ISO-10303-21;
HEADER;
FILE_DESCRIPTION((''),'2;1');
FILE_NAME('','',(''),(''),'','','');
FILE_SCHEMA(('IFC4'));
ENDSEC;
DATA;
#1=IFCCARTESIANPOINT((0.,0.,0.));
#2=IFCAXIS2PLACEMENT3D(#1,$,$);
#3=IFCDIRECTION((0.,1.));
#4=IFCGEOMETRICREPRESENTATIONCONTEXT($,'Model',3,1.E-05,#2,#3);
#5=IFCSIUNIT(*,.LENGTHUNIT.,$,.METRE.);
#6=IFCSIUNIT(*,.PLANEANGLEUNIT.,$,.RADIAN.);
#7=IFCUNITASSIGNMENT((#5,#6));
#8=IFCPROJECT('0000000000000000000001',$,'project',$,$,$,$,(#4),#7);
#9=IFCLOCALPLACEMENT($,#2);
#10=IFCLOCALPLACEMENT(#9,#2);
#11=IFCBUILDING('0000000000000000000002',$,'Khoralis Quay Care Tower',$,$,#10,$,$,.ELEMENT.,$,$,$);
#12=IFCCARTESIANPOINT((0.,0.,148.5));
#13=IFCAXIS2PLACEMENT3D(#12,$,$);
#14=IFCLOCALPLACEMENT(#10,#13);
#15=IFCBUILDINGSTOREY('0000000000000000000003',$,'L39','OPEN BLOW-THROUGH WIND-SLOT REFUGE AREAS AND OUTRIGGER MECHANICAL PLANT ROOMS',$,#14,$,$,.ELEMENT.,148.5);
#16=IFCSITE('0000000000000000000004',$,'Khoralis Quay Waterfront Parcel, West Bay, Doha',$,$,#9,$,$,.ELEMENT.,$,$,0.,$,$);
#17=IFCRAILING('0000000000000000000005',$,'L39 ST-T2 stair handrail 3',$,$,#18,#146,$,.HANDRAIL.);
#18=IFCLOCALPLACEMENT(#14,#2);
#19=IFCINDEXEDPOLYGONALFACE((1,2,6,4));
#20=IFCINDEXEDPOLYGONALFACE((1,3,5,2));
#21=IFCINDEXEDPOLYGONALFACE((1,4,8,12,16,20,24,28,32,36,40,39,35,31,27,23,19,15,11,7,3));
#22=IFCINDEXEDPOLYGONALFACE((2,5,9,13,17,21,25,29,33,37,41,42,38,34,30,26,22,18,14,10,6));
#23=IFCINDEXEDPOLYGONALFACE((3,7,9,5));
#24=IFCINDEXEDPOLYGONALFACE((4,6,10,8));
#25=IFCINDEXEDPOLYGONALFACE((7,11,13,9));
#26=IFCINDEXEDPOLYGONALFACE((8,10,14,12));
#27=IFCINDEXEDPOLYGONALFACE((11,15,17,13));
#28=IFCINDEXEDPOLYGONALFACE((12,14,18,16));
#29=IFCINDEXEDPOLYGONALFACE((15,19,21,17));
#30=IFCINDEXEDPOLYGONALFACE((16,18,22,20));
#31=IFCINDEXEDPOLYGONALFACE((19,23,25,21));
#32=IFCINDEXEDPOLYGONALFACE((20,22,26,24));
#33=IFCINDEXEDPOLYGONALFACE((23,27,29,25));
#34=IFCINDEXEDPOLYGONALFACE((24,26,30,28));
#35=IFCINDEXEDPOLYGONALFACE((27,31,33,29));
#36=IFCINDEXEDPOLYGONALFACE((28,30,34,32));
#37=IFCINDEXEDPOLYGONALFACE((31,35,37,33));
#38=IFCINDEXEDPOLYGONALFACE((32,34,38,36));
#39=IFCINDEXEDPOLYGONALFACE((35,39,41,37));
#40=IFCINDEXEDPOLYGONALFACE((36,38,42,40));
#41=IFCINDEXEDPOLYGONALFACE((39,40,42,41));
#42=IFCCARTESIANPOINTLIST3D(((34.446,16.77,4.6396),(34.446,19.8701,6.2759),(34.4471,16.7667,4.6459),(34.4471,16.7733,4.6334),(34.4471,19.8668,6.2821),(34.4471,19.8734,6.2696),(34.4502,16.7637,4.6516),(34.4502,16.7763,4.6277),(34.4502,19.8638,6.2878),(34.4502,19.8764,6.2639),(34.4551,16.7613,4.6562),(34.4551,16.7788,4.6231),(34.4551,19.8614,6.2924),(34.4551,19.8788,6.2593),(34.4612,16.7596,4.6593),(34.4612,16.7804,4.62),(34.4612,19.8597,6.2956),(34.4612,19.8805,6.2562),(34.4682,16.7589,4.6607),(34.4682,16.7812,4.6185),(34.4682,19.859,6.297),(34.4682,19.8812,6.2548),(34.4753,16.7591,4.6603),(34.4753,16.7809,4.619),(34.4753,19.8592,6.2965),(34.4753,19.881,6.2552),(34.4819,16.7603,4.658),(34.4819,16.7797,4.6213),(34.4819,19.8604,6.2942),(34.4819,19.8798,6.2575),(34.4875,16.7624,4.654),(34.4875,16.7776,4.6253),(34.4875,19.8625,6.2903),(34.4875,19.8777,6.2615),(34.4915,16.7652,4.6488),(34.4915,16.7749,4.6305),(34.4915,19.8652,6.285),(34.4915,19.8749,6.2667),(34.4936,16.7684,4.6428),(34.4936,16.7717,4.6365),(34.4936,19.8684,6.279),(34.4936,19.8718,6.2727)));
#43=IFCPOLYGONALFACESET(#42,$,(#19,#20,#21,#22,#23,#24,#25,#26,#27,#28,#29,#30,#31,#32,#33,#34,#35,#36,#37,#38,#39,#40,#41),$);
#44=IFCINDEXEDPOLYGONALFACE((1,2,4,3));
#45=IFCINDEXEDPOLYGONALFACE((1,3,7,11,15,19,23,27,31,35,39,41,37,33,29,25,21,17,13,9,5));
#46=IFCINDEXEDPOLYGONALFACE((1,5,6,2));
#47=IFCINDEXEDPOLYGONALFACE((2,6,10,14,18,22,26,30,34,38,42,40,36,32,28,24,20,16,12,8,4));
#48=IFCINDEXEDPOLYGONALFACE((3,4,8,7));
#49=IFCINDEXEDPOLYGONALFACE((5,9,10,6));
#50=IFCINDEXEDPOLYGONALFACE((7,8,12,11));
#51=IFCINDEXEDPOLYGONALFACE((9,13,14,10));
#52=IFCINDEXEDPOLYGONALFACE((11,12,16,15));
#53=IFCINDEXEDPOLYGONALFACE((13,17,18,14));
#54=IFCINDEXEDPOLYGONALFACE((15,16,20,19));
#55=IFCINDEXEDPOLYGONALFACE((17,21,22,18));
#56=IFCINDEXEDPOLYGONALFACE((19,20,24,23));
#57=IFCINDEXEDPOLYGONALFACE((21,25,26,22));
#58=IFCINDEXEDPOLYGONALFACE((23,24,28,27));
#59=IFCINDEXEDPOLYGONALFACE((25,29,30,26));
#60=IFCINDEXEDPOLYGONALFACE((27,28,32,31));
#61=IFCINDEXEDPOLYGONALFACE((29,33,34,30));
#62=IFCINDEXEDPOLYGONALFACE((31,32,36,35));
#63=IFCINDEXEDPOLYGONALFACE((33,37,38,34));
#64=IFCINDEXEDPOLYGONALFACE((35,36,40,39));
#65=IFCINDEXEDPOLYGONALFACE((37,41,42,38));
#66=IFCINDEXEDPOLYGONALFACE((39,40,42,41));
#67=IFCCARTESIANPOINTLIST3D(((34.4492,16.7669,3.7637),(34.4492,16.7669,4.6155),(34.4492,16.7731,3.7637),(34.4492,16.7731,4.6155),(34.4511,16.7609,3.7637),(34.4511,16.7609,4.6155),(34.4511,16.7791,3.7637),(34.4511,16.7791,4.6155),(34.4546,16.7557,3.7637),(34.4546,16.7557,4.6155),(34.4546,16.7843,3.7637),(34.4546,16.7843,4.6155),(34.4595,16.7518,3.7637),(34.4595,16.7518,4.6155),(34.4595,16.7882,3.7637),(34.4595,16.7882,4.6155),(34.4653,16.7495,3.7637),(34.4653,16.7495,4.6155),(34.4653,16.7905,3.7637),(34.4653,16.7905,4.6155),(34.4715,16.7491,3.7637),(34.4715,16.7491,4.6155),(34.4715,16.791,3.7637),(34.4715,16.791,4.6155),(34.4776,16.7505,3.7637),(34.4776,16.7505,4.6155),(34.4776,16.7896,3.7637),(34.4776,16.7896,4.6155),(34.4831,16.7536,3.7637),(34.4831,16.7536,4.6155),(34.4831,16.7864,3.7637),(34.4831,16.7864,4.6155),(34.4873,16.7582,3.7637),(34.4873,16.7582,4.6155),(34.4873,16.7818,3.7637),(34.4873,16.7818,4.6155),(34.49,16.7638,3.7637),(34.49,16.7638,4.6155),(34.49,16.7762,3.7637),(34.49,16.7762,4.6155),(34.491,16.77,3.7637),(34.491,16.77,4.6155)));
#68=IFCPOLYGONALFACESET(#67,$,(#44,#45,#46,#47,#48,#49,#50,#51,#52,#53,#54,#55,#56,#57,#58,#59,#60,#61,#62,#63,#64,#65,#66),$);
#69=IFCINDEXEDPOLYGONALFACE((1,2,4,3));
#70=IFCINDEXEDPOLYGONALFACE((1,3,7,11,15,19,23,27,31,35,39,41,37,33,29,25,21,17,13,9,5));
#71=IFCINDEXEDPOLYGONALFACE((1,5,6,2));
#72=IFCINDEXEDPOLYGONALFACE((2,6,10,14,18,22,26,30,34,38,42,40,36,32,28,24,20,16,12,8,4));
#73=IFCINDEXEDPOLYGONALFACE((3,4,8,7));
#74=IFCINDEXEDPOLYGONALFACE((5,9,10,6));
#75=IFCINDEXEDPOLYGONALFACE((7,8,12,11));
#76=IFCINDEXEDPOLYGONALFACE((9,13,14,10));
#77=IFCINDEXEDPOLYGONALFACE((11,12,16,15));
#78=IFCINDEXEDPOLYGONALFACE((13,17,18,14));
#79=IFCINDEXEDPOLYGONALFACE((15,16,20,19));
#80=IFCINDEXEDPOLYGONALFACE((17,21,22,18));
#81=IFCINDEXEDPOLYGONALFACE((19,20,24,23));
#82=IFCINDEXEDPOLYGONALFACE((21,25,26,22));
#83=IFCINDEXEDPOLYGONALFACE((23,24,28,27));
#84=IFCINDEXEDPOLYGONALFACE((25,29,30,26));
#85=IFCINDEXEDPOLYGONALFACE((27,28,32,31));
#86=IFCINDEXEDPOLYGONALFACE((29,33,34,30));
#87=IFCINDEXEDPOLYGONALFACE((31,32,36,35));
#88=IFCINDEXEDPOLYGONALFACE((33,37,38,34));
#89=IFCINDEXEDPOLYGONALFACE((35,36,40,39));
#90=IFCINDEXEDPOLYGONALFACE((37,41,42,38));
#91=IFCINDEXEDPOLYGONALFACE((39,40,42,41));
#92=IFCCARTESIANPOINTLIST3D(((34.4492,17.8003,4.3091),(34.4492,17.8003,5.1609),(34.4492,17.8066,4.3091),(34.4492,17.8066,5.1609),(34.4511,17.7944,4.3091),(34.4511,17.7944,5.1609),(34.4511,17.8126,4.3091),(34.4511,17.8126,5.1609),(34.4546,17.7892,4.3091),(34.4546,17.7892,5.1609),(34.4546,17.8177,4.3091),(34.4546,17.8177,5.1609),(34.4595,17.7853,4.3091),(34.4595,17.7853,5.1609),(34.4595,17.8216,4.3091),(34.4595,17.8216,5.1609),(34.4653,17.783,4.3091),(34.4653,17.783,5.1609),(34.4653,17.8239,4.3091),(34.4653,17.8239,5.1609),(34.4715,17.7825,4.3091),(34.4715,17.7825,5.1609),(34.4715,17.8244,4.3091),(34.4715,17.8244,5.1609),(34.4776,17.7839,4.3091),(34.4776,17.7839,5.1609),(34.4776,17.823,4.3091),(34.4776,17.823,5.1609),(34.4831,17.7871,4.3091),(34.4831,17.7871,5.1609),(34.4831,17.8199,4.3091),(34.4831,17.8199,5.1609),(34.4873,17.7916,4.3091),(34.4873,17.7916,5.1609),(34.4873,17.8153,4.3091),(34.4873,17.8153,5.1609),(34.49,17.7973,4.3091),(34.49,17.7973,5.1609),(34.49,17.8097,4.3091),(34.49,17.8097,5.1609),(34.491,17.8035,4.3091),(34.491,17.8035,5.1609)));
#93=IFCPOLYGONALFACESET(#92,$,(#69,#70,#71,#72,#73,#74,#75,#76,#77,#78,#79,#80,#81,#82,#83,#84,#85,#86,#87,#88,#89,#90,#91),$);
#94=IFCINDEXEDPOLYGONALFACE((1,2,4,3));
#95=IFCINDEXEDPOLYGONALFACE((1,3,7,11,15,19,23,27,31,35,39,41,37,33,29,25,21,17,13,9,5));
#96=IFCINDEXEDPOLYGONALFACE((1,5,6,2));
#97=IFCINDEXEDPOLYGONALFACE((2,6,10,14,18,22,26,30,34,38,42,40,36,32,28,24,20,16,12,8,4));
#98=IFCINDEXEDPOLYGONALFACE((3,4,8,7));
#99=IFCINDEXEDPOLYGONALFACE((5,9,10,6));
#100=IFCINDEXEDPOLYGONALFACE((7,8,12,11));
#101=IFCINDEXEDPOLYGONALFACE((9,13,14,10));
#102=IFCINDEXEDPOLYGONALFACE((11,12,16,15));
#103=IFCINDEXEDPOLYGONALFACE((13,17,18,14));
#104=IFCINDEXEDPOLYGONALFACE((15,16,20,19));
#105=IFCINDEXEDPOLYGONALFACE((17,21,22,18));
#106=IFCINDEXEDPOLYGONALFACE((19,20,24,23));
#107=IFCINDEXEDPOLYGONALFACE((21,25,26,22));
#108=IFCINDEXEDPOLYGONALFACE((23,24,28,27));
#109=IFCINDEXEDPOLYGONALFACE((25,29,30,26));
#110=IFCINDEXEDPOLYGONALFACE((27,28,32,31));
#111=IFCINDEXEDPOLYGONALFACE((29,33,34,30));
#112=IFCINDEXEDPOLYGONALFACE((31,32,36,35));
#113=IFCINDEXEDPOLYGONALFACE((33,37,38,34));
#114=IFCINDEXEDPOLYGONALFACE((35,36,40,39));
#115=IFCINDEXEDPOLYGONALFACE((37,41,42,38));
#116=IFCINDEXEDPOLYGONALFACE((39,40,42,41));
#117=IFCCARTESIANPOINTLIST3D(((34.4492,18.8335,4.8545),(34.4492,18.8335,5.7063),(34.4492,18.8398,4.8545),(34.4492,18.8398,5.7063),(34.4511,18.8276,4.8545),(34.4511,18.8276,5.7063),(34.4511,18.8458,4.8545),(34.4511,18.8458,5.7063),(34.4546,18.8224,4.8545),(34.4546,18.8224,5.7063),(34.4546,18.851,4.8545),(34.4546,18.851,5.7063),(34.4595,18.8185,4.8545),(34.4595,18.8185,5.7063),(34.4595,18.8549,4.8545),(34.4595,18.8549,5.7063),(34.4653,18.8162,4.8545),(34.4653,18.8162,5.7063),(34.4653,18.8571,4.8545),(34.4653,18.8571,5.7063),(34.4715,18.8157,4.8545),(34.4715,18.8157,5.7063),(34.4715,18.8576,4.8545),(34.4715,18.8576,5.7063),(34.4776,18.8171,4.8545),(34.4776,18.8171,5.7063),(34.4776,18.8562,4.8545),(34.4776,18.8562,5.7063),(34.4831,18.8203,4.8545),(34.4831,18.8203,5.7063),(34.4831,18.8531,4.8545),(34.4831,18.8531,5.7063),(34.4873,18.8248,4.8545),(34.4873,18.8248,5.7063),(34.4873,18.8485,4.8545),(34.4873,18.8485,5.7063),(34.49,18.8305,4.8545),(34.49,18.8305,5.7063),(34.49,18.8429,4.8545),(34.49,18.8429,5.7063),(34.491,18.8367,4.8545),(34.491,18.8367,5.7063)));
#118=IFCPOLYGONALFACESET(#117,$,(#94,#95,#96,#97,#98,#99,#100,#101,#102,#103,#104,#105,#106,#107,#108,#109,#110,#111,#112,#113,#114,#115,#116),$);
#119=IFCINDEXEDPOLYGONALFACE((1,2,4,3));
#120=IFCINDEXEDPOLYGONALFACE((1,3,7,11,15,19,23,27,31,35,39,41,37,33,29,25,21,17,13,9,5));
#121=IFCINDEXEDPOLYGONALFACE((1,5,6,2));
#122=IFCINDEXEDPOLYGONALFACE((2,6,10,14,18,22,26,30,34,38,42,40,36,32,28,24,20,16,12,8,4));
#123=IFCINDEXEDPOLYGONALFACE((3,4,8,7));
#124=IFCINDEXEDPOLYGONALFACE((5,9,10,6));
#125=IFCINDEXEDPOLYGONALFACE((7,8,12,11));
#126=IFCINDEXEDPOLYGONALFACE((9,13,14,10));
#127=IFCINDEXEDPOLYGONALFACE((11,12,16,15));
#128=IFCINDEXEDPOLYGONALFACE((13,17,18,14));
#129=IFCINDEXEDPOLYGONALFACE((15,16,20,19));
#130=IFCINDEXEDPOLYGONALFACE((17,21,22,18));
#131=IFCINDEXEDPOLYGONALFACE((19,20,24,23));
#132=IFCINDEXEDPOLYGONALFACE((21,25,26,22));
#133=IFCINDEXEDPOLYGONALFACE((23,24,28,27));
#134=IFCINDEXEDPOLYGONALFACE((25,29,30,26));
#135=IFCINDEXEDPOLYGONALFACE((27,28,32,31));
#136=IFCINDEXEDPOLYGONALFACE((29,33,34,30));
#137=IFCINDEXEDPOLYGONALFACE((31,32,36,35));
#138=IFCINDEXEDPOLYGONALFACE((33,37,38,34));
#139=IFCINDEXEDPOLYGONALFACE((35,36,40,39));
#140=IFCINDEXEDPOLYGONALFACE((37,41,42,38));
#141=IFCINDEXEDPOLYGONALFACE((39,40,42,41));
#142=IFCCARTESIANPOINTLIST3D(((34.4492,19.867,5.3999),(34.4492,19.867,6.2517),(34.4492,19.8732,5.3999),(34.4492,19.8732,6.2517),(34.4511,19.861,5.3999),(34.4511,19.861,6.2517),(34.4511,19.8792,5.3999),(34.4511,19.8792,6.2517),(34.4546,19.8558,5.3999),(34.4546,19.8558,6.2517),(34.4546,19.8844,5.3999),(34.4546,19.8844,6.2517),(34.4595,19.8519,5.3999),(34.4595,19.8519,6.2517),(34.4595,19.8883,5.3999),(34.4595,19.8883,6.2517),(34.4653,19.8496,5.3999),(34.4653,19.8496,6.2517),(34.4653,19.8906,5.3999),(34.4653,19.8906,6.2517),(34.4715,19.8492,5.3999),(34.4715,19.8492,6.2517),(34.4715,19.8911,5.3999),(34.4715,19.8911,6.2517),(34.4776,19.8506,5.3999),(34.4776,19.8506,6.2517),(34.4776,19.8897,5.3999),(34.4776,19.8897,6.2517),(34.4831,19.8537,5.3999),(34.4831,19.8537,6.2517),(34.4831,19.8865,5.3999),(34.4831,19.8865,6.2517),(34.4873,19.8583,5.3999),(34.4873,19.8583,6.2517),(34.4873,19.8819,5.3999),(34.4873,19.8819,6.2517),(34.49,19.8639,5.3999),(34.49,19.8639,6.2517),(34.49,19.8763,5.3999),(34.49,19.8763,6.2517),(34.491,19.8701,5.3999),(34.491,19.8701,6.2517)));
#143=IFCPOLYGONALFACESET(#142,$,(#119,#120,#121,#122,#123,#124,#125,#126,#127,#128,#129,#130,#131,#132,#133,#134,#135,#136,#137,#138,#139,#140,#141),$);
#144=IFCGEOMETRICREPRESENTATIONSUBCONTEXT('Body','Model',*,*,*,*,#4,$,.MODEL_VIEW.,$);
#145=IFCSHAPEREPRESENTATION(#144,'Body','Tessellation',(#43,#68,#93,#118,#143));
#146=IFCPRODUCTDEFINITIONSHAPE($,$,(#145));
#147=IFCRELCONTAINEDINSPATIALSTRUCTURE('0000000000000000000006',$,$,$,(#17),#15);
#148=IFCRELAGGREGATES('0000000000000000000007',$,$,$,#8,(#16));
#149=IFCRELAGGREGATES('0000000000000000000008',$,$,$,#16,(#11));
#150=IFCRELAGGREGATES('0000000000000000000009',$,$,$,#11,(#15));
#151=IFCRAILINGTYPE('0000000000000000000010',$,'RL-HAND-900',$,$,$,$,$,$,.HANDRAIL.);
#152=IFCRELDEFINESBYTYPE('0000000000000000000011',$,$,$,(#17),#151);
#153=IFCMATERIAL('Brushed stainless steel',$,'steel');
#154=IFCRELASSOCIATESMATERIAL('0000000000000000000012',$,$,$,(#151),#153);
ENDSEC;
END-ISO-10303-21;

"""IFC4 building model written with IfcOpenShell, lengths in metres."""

from ifc_helpers import new_model, si_unit, direction, frame, origin, origin_2d, place, context, subcontext, project, spatial, circle, extrude, material, type_object, element, save


model = new_model("IFC4")

# Units and contexts
model_context = context("Model", 3, precision=1e-05, world=origin(), true_north=direction((0.0, 1.0)))
body_context = subcontext(model_context, "Body", "Model", "MODEL_VIEW")
ifc_project = project(units=[si_unit("LENGTHUNIT", "METRE"), si_unit("PLANEANGLEUNIT", "RADIAN")], contexts=[model_context])

# Site, building, storey
site_placement = place(None, origin())
site = spatial("IfcSite", under=ifc_project, at=site_placement, Name="Khoralis Quay Waterfront Parcel, West Bay, Doha", CompositionType="ELEMENT", RefElevation=0.0)
building_placement = place(site_placement, origin())
building = spatial("IfcBuilding", under=site, at=building_placement, Name="Khoralis Quay Care Tower", CompositionType="ELEMENT")
storey_placement = place(building_placement, frame((0.0, 0.0, 148.5)))
storey = spatial("IfcBuildingStorey", under=building, at=storey_placement, Name="L39", Description="OPEN BLOW-THROUGH WIND-SLOT REFUGE AREAS AND OUTRIGGER MECHANICAL PLANT ROOMS", CompositionType="ELEMENT", Elevation=148.5)

# Shared definitions
ifc_material_1 = material(Name="Brushed stainless steel", Category="steel")

# Railing
railing_type_1 = type_object("IfcRailingType", Name="RL-HAND-900", PredefinedType="HANDRAIL", material=ifc_material_1)
railing_1_placement = place(storey_placement, frame((34.47, 16.77, 3.7637)))
element("IfcRailing", 1, at=railing_1_placement, inside=storey, type_object=railing_type_1, Name="L39 ST-T2 stair handrail 3", PredefinedType="HANDRAIL", context=body_context, shape_type="SweptSolid", body=[
    extrude(circle(Radius=0.0239, at=origin_2d()), frame((0.0, 0.0, 0.876), z_axis=(0.0, 0.884377, 0.466774), x_axis=(-1.0, 0.0, 0.0)), (0.0, 0.0, 1.0), 3.5054),
    extrude(circle(Radius=0.021, at=origin_2d()), origin(), (0.0, 0.0, 1.0), 0.8518),
    extrude(circle(Radius=0.021, at=origin_2d()), frame((0.0, 1.0334, 0.5454)), (0.0, 0.0, 1.0), 0.8518),
    extrude(circle(Radius=0.021, at=origin_2d()), frame((0.0, 2.0667, 1.0908)), (0.0, 0.0, 1.0), 0.8518),
    extrude(circle(Radius=0.021, at=origin_2d()), frame((0.0, 3.1001, 1.6362)), (0.0, 0.0, 1.0), 0.8518),
])

save(model, "model.ifc")
